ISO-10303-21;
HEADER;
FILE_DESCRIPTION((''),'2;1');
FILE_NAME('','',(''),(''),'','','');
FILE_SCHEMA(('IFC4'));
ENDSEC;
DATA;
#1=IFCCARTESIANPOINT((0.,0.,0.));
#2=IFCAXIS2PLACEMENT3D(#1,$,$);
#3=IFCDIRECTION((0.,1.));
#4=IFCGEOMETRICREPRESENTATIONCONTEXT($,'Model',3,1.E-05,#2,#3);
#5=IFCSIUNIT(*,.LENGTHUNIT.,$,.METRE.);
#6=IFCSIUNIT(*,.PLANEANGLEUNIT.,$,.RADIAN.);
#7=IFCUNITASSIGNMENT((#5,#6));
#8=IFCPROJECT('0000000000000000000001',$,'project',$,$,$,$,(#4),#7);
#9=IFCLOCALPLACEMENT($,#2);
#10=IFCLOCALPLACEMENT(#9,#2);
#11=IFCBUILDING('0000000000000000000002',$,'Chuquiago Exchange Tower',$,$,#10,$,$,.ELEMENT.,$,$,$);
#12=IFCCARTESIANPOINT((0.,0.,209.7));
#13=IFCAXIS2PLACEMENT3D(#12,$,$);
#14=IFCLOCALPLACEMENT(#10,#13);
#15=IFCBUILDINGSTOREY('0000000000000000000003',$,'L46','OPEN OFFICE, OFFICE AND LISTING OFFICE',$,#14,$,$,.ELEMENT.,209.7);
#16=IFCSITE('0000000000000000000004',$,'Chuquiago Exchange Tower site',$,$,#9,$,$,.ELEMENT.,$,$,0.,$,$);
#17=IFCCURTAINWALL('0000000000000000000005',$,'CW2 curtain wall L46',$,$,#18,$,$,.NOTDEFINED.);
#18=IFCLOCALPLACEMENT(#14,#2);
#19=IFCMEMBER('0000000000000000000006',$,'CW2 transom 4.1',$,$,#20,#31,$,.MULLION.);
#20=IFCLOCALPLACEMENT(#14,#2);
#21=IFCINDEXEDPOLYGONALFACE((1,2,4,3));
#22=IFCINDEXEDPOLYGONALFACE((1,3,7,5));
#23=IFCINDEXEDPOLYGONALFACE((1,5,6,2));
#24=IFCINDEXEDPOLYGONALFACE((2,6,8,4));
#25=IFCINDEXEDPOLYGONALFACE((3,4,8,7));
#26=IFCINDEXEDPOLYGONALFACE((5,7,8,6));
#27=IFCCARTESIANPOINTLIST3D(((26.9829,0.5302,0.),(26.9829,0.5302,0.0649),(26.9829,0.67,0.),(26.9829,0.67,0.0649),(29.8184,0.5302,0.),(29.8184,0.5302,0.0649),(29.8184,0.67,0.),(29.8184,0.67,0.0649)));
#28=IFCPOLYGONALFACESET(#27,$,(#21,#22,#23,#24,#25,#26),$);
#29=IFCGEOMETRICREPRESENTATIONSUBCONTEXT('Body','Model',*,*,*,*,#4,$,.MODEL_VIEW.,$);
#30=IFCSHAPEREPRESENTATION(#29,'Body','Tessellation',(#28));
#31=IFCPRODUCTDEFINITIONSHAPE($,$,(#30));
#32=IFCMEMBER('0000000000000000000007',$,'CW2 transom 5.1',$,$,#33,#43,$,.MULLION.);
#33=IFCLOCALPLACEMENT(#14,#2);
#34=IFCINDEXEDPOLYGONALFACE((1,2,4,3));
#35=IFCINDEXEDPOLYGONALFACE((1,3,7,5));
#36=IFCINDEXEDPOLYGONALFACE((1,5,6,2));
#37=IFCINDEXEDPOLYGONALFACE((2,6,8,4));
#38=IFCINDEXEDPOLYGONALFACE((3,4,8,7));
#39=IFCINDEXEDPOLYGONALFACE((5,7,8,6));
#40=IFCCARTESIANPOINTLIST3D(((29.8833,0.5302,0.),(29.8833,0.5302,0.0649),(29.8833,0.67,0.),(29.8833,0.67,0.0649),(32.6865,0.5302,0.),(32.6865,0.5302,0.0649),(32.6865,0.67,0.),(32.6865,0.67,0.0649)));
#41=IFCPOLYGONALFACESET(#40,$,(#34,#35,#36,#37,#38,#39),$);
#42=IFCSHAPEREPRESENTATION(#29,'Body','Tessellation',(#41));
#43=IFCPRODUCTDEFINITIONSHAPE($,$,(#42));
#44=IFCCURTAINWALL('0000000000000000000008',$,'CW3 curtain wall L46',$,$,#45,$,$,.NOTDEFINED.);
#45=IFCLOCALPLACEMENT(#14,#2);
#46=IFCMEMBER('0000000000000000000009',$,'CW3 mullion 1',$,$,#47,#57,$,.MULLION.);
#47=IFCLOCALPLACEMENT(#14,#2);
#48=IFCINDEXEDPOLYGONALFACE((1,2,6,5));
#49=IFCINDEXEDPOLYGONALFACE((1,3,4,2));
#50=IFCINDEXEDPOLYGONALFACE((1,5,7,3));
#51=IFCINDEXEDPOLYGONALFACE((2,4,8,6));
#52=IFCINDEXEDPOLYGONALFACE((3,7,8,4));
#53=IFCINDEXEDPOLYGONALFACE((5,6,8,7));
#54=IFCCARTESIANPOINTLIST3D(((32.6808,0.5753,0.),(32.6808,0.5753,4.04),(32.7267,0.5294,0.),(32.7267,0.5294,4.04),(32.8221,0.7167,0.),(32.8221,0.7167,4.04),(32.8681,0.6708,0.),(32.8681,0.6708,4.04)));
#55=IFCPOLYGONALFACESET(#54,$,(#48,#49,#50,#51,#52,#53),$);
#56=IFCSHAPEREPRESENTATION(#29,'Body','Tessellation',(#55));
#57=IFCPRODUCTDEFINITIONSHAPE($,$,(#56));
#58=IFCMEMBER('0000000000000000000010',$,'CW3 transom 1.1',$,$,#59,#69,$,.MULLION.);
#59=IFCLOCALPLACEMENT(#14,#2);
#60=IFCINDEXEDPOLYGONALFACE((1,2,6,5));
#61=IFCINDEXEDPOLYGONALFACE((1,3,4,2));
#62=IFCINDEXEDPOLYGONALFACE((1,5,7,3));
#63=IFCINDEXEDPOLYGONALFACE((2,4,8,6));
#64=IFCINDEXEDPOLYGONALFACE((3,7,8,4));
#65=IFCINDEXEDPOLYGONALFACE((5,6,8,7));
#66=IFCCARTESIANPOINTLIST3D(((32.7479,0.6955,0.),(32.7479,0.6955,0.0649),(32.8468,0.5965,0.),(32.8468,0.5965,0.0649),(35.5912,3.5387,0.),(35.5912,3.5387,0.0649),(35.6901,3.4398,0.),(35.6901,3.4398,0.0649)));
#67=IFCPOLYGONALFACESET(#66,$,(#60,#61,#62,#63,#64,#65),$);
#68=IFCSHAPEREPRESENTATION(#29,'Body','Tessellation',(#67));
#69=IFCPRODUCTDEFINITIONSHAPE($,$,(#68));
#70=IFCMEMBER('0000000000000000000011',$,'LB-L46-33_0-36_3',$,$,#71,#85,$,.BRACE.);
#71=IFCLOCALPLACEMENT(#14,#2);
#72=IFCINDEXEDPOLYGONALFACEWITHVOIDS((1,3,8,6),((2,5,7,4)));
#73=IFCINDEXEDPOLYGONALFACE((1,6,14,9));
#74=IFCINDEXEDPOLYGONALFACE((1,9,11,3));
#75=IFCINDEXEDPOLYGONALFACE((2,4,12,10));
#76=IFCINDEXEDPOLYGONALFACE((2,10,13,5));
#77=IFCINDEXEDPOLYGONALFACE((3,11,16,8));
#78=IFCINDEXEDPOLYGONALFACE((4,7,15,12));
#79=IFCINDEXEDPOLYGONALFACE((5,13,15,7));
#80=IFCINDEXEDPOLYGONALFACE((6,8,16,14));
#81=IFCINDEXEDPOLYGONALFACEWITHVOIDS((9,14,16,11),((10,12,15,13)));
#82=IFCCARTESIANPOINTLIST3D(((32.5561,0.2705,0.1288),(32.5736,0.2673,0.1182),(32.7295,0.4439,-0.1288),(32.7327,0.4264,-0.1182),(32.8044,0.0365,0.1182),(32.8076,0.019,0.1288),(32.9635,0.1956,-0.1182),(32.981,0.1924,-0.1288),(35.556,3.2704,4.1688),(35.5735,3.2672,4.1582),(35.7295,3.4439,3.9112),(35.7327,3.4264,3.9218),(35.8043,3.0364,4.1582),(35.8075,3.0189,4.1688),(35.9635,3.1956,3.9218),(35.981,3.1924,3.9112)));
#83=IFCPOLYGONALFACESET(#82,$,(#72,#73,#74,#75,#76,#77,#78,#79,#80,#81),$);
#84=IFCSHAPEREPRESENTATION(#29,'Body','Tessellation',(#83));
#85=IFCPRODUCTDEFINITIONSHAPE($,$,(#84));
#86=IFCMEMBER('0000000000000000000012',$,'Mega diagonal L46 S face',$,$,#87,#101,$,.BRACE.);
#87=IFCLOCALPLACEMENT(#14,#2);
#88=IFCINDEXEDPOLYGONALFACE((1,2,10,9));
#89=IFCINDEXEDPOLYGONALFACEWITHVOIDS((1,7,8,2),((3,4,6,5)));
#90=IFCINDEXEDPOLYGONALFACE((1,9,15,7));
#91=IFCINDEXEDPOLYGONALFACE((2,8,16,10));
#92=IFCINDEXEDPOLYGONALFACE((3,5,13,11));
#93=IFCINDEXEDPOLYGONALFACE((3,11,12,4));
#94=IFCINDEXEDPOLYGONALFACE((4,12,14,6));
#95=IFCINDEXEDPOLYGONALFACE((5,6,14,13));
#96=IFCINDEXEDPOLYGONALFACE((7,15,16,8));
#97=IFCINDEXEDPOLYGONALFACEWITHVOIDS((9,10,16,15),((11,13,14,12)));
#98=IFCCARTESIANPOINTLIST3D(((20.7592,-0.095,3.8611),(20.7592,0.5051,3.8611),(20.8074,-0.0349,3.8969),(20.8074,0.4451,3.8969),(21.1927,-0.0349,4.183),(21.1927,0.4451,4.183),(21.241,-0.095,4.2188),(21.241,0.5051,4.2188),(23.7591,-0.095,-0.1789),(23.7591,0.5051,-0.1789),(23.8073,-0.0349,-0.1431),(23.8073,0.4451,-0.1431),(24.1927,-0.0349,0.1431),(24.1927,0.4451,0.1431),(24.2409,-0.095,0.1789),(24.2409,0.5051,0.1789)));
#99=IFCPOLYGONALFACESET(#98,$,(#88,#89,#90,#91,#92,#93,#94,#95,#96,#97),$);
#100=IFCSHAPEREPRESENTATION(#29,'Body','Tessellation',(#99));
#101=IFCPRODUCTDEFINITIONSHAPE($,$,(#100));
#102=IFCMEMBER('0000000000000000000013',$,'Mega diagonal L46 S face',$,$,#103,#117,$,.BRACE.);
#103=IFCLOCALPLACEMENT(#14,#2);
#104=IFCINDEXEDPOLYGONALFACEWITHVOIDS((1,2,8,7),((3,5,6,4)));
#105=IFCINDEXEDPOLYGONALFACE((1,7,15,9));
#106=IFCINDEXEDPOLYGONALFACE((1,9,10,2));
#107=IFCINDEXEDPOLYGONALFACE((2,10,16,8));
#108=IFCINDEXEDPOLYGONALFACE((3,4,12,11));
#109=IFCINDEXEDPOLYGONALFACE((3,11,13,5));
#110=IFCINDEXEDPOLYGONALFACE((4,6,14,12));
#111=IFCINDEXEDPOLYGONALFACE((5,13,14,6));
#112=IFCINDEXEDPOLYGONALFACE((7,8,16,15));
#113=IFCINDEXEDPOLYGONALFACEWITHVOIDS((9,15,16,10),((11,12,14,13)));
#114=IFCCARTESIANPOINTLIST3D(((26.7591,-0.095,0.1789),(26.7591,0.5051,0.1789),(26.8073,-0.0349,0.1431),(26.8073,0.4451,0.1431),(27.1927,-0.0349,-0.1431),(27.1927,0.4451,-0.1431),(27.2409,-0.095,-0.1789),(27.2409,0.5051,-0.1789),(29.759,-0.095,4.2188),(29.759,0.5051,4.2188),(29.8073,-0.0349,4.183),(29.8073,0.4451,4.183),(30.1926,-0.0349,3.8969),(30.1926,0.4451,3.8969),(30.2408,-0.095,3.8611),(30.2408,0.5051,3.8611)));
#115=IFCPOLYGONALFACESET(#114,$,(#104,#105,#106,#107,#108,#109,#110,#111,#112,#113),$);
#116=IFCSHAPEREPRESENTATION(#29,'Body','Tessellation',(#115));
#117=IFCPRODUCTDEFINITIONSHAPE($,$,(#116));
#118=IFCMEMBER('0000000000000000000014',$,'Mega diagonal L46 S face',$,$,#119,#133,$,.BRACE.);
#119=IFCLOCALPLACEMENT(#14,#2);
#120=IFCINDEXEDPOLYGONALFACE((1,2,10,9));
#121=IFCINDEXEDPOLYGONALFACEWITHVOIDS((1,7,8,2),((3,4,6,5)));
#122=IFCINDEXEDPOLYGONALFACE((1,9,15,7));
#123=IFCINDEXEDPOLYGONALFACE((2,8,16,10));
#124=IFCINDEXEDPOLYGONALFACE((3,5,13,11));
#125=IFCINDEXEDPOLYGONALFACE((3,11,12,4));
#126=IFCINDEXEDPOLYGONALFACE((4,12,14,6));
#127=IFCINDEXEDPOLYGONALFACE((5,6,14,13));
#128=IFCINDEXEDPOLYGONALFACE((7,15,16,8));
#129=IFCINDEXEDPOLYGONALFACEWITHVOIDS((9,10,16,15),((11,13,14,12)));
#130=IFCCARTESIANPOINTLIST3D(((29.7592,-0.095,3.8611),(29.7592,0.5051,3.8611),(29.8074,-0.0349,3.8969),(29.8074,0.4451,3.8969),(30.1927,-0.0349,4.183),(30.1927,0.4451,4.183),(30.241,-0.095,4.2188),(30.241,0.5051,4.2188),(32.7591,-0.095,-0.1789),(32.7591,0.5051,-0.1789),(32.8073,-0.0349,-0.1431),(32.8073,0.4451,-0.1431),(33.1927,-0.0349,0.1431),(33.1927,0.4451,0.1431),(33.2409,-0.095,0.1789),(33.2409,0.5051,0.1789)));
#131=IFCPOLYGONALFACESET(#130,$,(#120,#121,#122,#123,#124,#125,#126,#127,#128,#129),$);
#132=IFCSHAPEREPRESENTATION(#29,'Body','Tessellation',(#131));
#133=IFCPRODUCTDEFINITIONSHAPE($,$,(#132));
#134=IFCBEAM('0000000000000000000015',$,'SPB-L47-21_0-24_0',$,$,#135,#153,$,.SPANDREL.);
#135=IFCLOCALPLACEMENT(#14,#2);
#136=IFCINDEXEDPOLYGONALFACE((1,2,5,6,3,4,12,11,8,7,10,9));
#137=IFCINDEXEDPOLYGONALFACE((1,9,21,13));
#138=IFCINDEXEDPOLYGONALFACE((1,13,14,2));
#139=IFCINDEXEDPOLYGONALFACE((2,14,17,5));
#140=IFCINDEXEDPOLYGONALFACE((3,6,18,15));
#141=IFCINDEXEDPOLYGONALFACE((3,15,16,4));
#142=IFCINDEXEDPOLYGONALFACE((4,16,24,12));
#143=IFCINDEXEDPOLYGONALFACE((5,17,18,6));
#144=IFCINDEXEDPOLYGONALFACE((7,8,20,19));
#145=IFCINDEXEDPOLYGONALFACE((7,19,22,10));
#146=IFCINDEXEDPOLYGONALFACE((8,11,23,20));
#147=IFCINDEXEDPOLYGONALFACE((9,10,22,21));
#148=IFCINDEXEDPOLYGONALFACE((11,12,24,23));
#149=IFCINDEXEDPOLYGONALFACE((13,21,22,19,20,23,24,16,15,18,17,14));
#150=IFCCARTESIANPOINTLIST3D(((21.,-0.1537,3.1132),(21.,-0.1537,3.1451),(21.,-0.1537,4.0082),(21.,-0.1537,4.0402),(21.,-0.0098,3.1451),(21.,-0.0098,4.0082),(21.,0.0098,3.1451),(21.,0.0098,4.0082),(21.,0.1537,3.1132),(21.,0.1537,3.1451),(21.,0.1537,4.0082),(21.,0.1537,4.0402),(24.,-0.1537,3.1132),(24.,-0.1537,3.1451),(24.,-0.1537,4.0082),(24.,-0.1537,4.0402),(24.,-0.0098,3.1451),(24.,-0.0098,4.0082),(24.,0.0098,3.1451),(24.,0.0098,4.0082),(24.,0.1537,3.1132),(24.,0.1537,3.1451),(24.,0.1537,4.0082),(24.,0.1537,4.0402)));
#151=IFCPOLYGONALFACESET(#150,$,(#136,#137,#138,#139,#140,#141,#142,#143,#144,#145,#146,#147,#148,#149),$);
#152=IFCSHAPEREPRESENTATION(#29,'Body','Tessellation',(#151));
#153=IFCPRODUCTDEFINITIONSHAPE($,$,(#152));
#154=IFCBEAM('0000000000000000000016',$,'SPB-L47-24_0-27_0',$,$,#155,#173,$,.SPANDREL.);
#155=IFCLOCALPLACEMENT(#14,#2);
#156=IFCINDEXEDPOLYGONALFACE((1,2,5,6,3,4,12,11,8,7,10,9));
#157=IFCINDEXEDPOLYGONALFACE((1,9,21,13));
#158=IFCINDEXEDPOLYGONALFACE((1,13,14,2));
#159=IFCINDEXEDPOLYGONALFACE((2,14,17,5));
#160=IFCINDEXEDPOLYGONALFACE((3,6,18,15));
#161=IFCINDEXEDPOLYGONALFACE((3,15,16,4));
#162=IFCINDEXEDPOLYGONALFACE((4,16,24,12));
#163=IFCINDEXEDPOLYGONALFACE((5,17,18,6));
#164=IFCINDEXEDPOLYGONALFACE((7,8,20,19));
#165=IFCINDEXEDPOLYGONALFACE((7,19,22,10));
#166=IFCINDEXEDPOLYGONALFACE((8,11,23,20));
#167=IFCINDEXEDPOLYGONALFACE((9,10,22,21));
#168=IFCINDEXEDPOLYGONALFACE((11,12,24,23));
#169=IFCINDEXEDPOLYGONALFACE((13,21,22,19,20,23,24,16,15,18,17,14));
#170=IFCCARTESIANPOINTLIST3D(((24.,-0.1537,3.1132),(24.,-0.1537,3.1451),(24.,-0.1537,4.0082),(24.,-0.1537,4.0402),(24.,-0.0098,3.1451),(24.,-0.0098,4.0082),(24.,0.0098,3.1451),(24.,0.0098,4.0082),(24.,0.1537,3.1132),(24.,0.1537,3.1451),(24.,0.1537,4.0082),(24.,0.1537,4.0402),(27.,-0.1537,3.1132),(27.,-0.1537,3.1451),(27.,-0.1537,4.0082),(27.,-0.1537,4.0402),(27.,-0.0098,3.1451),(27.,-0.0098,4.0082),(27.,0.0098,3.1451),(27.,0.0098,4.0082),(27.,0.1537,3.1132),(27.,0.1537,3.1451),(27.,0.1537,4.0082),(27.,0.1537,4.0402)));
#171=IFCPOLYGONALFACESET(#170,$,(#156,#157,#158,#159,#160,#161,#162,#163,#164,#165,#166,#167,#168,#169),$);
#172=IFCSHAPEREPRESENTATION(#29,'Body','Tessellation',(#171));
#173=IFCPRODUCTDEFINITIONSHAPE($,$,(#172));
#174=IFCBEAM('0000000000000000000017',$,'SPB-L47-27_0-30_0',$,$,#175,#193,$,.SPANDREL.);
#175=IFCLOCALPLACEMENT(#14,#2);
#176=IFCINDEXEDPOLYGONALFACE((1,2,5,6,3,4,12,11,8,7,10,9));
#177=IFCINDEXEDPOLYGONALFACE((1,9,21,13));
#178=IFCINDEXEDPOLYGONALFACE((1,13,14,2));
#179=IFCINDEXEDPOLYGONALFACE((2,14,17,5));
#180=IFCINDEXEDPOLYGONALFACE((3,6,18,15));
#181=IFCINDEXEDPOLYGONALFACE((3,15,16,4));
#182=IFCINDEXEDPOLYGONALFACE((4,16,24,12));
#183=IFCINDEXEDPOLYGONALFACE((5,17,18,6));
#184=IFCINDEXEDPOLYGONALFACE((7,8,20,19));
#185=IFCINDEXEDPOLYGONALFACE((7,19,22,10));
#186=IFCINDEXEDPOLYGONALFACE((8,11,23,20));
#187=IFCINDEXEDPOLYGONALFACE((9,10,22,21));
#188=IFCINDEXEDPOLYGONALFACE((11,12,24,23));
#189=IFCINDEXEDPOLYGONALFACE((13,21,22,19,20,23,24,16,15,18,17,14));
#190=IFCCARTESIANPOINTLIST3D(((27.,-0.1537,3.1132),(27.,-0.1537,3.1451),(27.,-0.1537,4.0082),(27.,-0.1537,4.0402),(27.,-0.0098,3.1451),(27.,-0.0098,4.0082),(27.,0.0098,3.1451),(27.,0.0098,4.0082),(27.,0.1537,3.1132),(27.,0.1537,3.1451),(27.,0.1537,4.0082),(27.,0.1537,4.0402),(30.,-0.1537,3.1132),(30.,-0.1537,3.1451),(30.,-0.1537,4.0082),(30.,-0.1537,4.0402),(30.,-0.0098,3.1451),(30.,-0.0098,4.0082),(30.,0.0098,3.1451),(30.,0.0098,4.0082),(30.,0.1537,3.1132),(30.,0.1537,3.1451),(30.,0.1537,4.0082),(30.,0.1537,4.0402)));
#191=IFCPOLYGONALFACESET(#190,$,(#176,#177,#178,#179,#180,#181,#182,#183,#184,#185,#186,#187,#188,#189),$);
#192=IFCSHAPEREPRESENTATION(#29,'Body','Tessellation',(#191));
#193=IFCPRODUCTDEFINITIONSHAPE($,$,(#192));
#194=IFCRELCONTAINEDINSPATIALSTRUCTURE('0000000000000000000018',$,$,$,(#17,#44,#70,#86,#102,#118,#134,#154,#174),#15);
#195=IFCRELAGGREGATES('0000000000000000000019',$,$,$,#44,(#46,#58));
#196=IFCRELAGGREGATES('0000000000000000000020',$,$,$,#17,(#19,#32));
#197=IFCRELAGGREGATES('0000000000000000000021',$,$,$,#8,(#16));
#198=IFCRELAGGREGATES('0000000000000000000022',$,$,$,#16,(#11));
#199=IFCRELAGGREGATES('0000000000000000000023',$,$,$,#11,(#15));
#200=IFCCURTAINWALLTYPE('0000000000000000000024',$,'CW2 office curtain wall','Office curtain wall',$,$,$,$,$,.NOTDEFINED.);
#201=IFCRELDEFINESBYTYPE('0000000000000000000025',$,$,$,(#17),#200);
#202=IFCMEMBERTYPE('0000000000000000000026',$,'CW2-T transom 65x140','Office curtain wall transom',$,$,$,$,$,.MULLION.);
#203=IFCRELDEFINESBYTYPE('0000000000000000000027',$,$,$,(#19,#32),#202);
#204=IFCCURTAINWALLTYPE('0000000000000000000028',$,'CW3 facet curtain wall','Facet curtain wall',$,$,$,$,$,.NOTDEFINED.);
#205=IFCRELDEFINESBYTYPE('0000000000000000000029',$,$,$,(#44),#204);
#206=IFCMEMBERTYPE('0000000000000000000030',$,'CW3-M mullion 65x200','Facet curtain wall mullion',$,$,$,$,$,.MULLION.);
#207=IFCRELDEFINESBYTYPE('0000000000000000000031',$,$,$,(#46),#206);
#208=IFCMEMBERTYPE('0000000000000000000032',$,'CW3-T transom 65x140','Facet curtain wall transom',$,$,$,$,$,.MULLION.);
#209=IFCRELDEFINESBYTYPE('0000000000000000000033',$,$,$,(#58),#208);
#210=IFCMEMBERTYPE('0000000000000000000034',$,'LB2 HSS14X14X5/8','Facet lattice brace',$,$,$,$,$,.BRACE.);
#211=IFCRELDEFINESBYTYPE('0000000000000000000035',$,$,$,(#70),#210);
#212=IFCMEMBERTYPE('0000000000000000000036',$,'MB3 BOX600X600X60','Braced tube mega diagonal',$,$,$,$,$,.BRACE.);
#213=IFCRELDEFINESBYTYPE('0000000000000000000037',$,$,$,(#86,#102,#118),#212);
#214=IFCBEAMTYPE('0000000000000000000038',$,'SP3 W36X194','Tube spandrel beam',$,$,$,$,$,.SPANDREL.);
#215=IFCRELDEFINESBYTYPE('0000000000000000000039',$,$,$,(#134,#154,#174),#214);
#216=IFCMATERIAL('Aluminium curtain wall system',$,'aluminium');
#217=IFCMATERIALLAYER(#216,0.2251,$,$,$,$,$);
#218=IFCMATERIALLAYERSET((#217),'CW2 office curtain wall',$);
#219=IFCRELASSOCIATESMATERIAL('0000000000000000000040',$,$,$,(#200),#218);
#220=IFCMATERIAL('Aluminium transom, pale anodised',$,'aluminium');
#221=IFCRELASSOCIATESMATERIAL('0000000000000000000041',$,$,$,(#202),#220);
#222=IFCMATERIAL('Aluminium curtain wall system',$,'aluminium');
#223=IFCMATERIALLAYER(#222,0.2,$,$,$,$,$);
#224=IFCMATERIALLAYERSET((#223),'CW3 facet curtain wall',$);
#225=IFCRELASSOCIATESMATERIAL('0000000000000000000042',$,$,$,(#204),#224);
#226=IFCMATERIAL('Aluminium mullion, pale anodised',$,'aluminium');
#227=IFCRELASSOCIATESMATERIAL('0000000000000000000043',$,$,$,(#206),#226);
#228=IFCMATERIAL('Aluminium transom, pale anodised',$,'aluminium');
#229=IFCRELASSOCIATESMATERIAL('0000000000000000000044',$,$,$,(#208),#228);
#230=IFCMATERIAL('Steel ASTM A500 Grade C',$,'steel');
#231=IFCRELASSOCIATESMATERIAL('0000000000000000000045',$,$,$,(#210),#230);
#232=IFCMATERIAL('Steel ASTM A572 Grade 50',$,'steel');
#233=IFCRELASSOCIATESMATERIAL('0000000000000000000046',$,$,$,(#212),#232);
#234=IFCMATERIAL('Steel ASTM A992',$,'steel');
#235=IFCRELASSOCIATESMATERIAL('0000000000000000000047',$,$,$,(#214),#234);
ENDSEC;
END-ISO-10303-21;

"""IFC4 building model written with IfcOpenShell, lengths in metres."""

from ifc_helpers import new_model, si_unit, direction, frame, origin, origin_2d, place, context, subcontext, project, spatial, rectangle, hollow_rectangle, i_section, extrude, material, layer, layer_set, material_profile, profile_set, type_object, element, aggregate, save


model = new_model("IFC4")

# Units and contexts
model_context = context("Model", 3, precision=1e-05, world=origin(), true_north=direction((0.0, 1.0)))
body_context = subcontext(model_context, "Body", "Model", "MODEL_VIEW")
ifc_project = project(units=[si_unit("LENGTHUNIT", "METRE"), si_unit("PLANEANGLEUNIT", "RADIAN")], contexts=[model_context])

# Site, building, storey
site_placement = place(None, origin())
site = spatial("IfcSite", under=ifc_project, at=site_placement, Name="Chuquiago Exchange Tower site", CompositionType="ELEMENT", RefElevation=0.0)
building_placement = place(site_placement, origin())
building = spatial("IfcBuilding", under=site, at=building_placement, Name="Chuquiago Exchange Tower", CompositionType="ELEMENT")
storey_placement = place(building_placement, frame((0.0, 0.0, 209.7)))
storey = spatial("IfcBuildingStorey", under=building, at=storey_placement, Name="L46", Description="OPEN OFFICE, OFFICE AND LISTING OFFICE", CompositionType="ELEMENT", Elevation=209.7)

# Curtain walls, members
ifc_material_1 = material(Name="Aluminium curtain wall system", Category="aluminium")
ifc_layer_1 = layer(ifc_material_1, 0.2251)
ifc_layer_set_1 = layer_set([ifc_layer_1], Name="CW2 office curtain wall")
curtain_wall_type_1 = type_object("IfcCurtainWallType", Name="CW2 office curtain wall", Description="Office curtain wall", PredefinedType="NOTDEFINED", material=ifc_layer_set_1)
curtain_wall_1_placement = place(storey_placement, origin())
curtain_wall_1 = element("IfcCurtainWall", 1, at=curtain_wall_1_placement, inside=storey, type_object=curtain_wall_type_1, Name="CW2 curtain wall L46", PredefinedType="NOTDEFINED")
ifc_material_2 = material(Name="Aluminium transom, pale anodised", Category="aluminium")
ifc_material_profile_1 = material_profile(ifc_material_2, rectangle(XDim=0.1399, YDim=0.0649, at=origin_2d()), Name="AL 140x65")
ifc_profile_set_1 = profile_set([ifc_material_profile_1], Name="Aluminium transom, pale anodised")
member_type_1 = type_object("IfcMemberType", Name="CW2-T transom 65x140", Description="Office curtain wall transom", PredefinedType="MULLION", material=ifc_profile_set_1)
member_1_placement = place(storey_placement, frame((26.9829, 0.6001, 0.0325), z_axis=(1.0, 0.0, 0.0), x_axis=(0.0, 1.0, 0.0)))
member_1 = element("IfcMember", 2, at=member_1_placement, type_object=member_type_1, Name="CW2 transom 4.1", PredefinedType="MULLION", context=body_context, shape_type="SweptSolid", body=[
    extrude(rectangle(XDim=0.1399, YDim=0.0649, at=origin_2d()), origin(), (0.0, 0.0, 1.0), 2.8354),
])
member_2_placement = place(storey_placement, frame((29.8833, 0.6001, 0.0325), z_axis=(1.0, 0.0, 0.0), x_axis=(0.0, 1.0, 0.0)))
member_2 = element("IfcMember", 3, at=member_2_placement, type_object=member_type_1, Name="CW2 transom 5.1", PredefinedType="MULLION", context=body_context, shape_type="SweptSolid", body=[
    extrude(rectangle(XDim=0.1399, YDim=0.0649, at=origin_2d()), origin(), (0.0, 0.0, 1.0), 2.8032),
])
ifc_material_3 = material(Name="Aluminium curtain wall system", Category="aluminium")
ifc_layer_2 = layer(ifc_material_3, 0.2)
ifc_layer_set_2 = layer_set([ifc_layer_2], Name="CW3 facet curtain wall")
curtain_wall_type_2 = type_object("IfcCurtainWallType", Name="CW3 facet curtain wall", Description="Facet curtain wall", PredefinedType="NOTDEFINED", material=ifc_layer_set_2)
curtain_wall_2_placement = place(storey_placement, origin())
curtain_wall_2 = element("IfcCurtainWall", 4, at=curtain_wall_2_placement, inside=storey, type_object=curtain_wall_type_2, Name="CW3 curtain wall L46", PredefinedType="NOTDEFINED")
ifc_material_4 = material(Name="Aluminium mullion, pale anodised", Category="aluminium")
ifc_material_profile_2 = material_profile(ifc_material_4, rectangle(XDim=0.0649, YDim=0.2, at=origin_2d()), Name="AL 65x200")
ifc_profile_set_2 = profile_set([ifc_material_profile_2], Name="Aluminium mullion, pale anodised")
member_type_2 = type_object("IfcMemberType", Name="CW3-M mullion 65x200", Description="Facet curtain wall mullion", PredefinedType="MULLION", material=ifc_profile_set_2)
member_3_placement = place(storey_placement, frame((32.7744, 0.623, 0.0), z_axis=(0.0, 0.0, 1.0), x_axis=(-0.707107, 0.707107, 0.0)))
member_3 = element("IfcMember", 5, at=member_3_placement, type_object=member_type_2, Name="CW3 mullion 1", PredefinedType="MULLION", context=body_context, shape_type="SweptSolid", body=[
    extrude(rectangle(XDim=0.0649, YDim=0.2, at=origin_2d()), origin(), (0.0, 0.0, 1.0), 4.04),
])
ifc_material_5 = material(Name="Aluminium transom, pale anodised", Category="aluminium")
ifc_material_profile_3 = material_profile(ifc_material_5, rectangle(XDim=0.1399, YDim=0.0649, at=origin_2d()), Name="AL 140x65")
ifc_profile_set_3 = profile_set([ifc_material_profile_3], Name="Aluminium transom, pale anodised")
member_type_3 = type_object("IfcMemberType", Name="CW3-T transom 65x140", Description="Facet curtain wall transom", PredefinedType="MULLION", material=ifc_profile_set_3)
member_4_placement = place(storey_placement, frame((32.7974, 0.646, 0.0325), z_axis=(0.707107, 0.707107, 0.0), x_axis=(-0.707107, 0.707107, 0.0)))
member_4 = element("IfcMember", 6, at=member_4_placement, type_object=member_type_3, Name="CW3 transom 1.1", PredefinedType="MULLION", context=body_context, shape_type="SweptSolid", body=[
    extrude(rectangle(XDim=0.1399, YDim=0.0649, at=origin_2d()), origin(), (0.0, 0.0, 1.0), 4.021),
])
aggregate(curtain_wall_2, [member_3, member_4])

# Members
ifc_material_6 = material(Name="Steel ASTM A500 Grade C", Category="steel")
ifc_material_profile_4 = material_profile(ifc_material_6, hollow_rectangle(XDim=0.3557, YDim=0.3557, WallThickness=0.0146, at=origin_2d()), Name="HSS14X14X5/8")
ifc_profile_set_4 = profile_set([ifc_material_profile_4], Name="Steel ASTM A500 Grade C")
member_type_4 = type_object("IfcMemberType", Name="LB2 HSS14X14X5/8", Description="Facet lattice brace", PredefinedType="BRACE", material=ifc_profile_set_4)
member_5_placement = place(storey_placement, frame((32.7686, 0.2314, 0.0), z_axis=(0.512077, 0.512077, 0.689604), x_axis=(-0.707107, 0.707107, 0.0)))
element("IfcMember", 7, at=member_5_placement, inside=storey, type_object=member_type_4, Name="LB-L46-33_0-36_3", PredefinedType="BRACE", context=body_context, shape_type="SweptSolid", body=[
    extrude(hollow_rectangle(XDim=0.3557, YDim=0.3557, WallThickness=0.0146, at=origin_2d()), origin(), (0.0, 0.0, 1.0), 5.8584),
])
ifc_material_7 = material(Name="Steel ASTM A572 Grade 50", Category="steel")
ifc_material_profile_5 = material_profile(ifc_material_7, hollow_rectangle(XDim=0.6001, YDim=0.6001, WallThickness=0.0601, at=origin_2d()), Name="BOX600X600X60")
ifc_profile_set_5 = profile_set([ifc_material_profile_5], Name="Steel ASTM A572 Grade 50")
member_type_5 = type_object("IfcMemberType", Name="MB3 BOX600X600X60", Description="Braced tube mega diagonal", PredefinedType="BRACE", material=ifc_profile_set_5)
for number, where, z_axis, x_axis, name in (
    (8, (24.0, 0.2051, 0.0), (-0.596174, 0.0, 0.802855), (0.0, -1.0, 0.0), "Mega diagonal L46 S face"),
    (9, (27.0, 0.2051, 0.0), (0.596174, 0.0, 0.802855), (0.0, 1.0, 0.0), "Mega diagonal L46 S face"),
    (10, (33.0, 0.2051, 0.0), (-0.596174, 0.0, 0.802855), (0.0, -1.0, 0.0), "Mega diagonal L46 S face"),
):
    element("IfcMember", number, at=place(storey_placement, frame(where, z_axis=z_axis, x_axis=x_axis)), inside=storey, type_object=member_type_5, Name=name, PredefinedType="BRACE", context=body_context, shape_type="SweptSolid", body=[
        extrude(hollow_rectangle(XDim=0.6001, YDim=0.6001, WallThickness=0.0601, at=origin_2d()), origin(), (0.0, 0.0, 1.0), 5.032),
    ])

# Beams
ifc_material_8 = material(Name="Steel ASTM A992", Category="steel")
ifc_material_profile_6 = material_profile(ifc_material_8, i_section(OverallWidth=0.3074, OverallDepth=0.927, WebThickness=0.0195, FlangeThickness=0.032, at=origin_2d()), Name="W36X194")
ifc_profile_set_6 = profile_set([ifc_material_profile_6], Name="Steel ASTM A992")
beam_type = type_object("IfcBeamType", Name="SP3 W36X194", Description="Tube spandrel beam", PredefinedType="SPANDREL", material=ifc_profile_set_6)
for number, where, z_axis, x_axis, name in (
    (11, (21.0, 0.0, 3.5767), (1.0, 0.0, 0.0), (0.0, 1.0, 0.0), "SPB-L47-21_0-24_0"),
    (12, (24.0, 0.0, 3.5767), (1.0, 0.0, 0.0), (0.0, 1.0, 0.0), "SPB-L47-24_0-27_0"),
    (13, (27.0, 0.0, 3.5767), (1.0, 0.0, 0.0), (0.0, 1.0, 0.0), "SPB-L47-27_0-30_0"),
):
    element("IfcBeam", number, at=place(storey_placement, frame(where, z_axis=z_axis, x_axis=x_axis)), inside=storey, type_object=beam_type, Name=name, PredefinedType="SPANDREL", context=body_context, shape_type="SweptSolid", body=[
        extrude(i_section(OverallWidth=0.3074, OverallDepth=0.927, WebThickness=0.0195, FlangeThickness=0.032, at=origin_2d()), origin(), (0.0, 0.0, 1.0), 3.0),
    ])

aggregate(curtain_wall_1, [member_1, member_2])

save(model, "model.ifc")
